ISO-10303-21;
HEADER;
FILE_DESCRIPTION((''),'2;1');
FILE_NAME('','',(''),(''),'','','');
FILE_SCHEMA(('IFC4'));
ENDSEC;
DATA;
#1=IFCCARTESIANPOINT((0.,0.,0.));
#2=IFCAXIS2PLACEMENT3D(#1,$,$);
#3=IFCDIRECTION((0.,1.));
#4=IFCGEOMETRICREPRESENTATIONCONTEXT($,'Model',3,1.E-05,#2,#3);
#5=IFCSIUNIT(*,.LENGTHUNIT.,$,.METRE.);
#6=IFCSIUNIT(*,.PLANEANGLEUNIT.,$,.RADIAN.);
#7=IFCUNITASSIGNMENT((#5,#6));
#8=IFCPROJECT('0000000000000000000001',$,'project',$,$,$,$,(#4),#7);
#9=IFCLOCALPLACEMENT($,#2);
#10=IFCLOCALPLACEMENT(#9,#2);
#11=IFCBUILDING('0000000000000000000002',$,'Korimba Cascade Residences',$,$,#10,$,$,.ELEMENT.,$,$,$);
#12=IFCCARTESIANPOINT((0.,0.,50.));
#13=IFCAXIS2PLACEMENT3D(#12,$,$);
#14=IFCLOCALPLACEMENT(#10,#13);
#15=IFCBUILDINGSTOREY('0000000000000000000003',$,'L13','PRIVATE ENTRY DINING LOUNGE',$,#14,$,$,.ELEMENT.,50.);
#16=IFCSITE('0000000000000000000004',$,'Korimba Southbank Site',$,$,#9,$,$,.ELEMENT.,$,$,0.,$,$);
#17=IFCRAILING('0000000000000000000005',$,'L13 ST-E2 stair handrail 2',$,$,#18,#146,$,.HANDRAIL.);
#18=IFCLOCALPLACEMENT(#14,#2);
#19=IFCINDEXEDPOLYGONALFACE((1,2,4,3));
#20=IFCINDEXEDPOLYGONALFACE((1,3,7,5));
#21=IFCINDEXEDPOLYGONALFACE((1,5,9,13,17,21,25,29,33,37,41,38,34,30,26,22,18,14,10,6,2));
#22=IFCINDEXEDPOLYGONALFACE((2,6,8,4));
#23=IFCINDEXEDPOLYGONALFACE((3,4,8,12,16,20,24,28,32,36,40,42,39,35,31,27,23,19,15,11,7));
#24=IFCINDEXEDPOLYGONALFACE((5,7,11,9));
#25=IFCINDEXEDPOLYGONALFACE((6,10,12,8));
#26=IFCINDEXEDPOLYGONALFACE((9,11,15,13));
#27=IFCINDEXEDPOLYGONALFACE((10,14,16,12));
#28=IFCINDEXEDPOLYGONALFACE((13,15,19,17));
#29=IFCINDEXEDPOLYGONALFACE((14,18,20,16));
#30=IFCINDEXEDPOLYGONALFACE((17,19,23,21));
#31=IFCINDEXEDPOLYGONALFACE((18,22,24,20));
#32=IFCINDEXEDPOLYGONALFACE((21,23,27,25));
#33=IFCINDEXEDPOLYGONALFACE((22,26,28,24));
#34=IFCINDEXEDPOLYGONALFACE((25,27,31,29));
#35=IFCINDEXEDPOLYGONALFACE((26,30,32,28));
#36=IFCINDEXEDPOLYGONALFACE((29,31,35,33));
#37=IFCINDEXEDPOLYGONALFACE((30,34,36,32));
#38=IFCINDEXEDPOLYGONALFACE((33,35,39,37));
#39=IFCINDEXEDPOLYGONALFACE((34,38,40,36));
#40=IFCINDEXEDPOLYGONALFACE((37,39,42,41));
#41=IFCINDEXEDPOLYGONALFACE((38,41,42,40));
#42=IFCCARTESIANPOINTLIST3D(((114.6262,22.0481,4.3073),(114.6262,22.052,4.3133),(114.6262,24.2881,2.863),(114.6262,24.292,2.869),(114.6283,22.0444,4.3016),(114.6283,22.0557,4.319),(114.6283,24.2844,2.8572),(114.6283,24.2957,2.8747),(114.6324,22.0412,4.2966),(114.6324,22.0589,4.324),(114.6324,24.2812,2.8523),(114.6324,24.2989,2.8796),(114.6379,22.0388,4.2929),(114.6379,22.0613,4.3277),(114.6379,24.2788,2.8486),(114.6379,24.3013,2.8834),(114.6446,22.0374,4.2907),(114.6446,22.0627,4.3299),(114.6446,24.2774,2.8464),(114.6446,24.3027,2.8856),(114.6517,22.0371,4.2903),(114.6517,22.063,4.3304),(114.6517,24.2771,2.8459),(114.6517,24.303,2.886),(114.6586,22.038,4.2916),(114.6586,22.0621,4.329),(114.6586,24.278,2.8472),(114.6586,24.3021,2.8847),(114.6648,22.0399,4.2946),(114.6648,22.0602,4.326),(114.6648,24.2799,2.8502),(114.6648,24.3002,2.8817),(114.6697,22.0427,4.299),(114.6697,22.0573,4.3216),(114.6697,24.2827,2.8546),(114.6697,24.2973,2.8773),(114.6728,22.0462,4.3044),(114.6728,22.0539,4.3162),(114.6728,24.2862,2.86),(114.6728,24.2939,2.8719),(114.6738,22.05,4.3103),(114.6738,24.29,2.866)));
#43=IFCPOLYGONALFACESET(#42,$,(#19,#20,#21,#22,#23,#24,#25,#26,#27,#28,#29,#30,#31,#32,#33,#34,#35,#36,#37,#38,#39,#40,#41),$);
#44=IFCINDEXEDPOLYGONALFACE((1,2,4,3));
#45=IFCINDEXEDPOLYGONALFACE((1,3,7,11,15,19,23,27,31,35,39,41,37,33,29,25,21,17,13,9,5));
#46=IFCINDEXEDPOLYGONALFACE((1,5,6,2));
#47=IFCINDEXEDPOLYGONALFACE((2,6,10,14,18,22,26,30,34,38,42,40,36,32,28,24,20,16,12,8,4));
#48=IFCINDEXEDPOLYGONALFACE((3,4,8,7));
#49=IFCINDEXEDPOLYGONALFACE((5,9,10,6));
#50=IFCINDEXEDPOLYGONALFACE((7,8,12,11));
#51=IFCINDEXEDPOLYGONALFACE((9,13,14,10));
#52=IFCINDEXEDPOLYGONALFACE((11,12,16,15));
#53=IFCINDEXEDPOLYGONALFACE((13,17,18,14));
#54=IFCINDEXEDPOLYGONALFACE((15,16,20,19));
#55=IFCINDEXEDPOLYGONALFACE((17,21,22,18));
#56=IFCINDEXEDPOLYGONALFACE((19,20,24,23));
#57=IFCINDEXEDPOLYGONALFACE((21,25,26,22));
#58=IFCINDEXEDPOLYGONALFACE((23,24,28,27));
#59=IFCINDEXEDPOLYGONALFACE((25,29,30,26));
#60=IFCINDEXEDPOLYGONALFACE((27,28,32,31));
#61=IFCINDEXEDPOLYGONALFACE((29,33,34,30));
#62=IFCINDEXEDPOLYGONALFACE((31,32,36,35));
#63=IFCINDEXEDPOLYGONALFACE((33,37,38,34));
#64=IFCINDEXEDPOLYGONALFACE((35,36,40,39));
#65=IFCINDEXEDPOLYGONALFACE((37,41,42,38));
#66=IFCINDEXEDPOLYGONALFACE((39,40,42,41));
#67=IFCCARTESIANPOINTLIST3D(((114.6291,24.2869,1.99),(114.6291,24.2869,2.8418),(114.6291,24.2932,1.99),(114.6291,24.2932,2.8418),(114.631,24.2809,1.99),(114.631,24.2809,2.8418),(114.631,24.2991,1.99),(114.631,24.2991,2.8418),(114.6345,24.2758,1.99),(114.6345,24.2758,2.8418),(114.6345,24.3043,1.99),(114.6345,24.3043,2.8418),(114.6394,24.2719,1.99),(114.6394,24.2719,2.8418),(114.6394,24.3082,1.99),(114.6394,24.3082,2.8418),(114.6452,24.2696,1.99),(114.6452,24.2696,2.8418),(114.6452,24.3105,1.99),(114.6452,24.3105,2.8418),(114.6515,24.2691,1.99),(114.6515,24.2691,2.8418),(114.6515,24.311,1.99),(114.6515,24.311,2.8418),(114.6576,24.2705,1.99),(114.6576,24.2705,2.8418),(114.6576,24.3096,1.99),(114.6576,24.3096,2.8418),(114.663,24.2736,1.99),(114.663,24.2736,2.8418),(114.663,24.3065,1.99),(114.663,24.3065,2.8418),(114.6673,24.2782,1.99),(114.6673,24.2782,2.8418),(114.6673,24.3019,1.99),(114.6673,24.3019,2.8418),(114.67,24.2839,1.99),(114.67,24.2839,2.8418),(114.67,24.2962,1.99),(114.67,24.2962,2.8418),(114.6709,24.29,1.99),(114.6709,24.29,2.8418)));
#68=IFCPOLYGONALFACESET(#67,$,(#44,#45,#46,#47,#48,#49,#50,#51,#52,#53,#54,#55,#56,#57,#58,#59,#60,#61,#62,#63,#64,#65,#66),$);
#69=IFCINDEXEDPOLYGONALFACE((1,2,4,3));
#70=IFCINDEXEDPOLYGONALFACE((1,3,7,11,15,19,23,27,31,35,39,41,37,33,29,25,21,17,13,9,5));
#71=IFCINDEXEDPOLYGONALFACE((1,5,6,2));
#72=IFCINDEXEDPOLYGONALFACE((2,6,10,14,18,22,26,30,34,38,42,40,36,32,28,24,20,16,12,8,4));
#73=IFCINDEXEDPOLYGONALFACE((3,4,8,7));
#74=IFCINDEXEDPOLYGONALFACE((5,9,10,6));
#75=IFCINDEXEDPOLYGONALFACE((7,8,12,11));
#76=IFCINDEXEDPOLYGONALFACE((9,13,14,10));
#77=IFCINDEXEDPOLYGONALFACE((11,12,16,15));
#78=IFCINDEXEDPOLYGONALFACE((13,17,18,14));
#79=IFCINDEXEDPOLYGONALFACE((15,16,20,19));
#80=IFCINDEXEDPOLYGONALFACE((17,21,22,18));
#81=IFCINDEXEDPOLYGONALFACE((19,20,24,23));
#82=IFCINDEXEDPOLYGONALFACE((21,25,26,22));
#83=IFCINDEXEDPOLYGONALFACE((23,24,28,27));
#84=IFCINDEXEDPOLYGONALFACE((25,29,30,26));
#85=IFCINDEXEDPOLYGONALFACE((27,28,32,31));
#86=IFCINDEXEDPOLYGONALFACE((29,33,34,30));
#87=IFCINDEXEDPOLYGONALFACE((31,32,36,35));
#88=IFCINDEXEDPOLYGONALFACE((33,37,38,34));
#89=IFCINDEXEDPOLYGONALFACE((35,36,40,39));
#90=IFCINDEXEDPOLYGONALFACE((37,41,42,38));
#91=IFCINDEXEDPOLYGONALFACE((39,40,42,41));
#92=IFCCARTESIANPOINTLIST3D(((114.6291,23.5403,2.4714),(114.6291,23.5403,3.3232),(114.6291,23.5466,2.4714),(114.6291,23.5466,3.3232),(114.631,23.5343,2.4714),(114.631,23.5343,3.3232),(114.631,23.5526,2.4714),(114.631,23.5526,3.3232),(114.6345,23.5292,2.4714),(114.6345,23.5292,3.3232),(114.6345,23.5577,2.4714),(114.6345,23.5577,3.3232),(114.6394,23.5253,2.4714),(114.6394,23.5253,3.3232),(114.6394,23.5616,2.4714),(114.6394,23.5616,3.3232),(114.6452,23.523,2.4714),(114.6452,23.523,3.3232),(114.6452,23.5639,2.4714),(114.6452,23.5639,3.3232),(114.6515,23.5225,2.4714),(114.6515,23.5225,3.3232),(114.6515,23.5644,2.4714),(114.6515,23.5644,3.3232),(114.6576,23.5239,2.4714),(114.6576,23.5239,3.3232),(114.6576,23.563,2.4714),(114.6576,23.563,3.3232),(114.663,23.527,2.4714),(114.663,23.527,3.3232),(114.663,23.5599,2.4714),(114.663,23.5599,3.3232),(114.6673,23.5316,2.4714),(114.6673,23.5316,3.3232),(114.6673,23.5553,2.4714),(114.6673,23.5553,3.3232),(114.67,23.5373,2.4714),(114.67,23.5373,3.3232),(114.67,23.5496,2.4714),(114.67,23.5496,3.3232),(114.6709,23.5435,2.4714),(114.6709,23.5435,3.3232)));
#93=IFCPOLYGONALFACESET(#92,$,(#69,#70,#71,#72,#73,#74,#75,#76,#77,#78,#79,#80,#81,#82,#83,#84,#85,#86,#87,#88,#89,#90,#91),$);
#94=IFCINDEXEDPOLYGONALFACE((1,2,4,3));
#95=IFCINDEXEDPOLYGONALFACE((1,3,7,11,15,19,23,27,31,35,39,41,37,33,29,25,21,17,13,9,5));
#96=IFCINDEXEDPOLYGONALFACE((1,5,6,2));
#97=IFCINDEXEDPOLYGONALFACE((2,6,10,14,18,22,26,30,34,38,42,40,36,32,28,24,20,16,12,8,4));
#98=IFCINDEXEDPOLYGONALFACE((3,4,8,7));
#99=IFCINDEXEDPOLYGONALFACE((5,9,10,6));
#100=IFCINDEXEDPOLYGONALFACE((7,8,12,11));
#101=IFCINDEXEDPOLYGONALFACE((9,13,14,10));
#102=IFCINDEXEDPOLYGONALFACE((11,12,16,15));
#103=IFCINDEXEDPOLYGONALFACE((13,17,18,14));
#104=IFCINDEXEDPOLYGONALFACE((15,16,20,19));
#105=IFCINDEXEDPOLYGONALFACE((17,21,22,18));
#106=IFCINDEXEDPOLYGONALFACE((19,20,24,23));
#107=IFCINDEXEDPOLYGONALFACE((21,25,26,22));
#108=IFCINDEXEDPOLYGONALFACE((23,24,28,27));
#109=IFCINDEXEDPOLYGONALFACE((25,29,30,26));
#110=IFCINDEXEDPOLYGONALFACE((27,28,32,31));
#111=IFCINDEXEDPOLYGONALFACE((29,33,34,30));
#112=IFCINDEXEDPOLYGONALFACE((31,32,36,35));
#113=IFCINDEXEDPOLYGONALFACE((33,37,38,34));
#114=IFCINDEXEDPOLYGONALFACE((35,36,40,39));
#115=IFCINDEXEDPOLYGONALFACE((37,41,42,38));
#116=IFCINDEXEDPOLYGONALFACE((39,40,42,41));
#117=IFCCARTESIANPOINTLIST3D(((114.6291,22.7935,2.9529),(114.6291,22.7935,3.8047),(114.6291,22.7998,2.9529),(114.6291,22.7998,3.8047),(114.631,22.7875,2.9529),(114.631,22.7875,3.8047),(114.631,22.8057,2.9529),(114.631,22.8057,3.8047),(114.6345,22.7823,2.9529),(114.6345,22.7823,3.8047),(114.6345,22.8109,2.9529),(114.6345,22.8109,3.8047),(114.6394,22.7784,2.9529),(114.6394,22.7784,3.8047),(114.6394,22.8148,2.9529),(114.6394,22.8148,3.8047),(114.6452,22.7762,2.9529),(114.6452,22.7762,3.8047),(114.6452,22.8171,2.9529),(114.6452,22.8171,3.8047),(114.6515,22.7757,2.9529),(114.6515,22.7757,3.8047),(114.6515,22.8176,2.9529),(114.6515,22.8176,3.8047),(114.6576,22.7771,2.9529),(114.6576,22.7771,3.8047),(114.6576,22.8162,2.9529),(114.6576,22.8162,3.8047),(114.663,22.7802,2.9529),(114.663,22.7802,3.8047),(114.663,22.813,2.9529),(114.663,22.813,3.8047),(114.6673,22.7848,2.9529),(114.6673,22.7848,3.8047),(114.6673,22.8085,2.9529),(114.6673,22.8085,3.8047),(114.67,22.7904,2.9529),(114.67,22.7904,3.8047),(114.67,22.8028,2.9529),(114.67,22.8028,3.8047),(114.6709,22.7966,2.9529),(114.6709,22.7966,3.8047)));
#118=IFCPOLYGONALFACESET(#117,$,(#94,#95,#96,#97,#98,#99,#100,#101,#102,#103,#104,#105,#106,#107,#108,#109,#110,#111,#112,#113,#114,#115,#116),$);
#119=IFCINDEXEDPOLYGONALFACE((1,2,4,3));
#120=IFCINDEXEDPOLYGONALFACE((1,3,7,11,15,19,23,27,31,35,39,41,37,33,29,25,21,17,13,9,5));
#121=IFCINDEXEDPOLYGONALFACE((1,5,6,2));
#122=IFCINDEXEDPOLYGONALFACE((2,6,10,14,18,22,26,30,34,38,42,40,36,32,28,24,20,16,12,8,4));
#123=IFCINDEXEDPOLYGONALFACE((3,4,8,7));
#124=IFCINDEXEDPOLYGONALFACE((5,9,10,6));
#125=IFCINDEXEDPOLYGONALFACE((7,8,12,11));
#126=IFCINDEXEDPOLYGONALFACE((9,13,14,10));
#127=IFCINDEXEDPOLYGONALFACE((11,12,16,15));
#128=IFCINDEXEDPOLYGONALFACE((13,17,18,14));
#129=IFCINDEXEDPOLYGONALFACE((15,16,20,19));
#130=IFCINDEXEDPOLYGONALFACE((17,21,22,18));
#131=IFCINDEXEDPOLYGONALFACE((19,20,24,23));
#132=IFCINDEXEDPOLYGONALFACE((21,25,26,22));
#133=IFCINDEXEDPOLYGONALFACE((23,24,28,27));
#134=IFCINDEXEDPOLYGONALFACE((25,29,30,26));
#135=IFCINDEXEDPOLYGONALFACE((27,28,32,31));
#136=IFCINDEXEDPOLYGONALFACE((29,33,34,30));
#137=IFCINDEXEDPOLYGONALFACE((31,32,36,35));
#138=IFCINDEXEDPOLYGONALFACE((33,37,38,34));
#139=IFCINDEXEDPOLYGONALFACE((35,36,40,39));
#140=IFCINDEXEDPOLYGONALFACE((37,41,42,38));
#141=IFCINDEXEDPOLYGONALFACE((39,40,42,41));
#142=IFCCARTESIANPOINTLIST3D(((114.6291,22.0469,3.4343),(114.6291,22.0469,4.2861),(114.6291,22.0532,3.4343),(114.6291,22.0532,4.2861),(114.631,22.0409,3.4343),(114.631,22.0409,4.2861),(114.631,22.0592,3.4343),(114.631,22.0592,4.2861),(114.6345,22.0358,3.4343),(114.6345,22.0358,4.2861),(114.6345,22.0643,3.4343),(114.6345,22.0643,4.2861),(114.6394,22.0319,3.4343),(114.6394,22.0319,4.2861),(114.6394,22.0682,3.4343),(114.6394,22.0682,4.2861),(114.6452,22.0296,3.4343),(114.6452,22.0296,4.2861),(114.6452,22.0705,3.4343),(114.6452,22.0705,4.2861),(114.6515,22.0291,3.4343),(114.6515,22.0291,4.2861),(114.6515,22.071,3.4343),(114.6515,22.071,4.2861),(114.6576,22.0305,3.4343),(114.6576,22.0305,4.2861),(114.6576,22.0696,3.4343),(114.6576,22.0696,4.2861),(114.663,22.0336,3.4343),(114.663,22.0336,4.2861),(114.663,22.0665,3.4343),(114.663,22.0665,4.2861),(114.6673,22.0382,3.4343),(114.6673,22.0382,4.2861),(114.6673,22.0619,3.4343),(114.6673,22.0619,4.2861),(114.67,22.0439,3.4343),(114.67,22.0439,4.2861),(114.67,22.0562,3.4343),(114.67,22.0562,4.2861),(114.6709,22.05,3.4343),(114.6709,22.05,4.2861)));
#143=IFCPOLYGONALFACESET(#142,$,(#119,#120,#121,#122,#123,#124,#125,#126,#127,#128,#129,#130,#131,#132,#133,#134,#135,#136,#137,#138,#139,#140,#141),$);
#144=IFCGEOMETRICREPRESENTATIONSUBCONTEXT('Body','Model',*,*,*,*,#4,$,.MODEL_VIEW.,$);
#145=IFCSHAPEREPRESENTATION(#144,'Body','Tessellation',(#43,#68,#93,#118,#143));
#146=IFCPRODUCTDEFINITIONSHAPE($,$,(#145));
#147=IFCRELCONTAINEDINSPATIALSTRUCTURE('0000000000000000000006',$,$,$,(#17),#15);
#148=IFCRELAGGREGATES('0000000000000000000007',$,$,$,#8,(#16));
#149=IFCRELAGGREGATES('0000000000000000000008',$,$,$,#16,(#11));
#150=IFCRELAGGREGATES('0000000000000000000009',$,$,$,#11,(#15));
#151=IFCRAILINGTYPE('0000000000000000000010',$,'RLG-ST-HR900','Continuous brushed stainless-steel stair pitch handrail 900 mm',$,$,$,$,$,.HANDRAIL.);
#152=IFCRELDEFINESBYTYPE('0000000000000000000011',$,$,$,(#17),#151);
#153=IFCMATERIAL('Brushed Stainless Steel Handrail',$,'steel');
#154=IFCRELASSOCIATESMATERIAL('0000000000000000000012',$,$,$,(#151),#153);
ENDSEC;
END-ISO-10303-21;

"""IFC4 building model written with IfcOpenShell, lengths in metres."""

from ifc_helpers import new_model, si_unit, direction, frame, origin, origin_2d, place, context, subcontext, project, spatial, circle, extrude, material, type_object, element, save


model = new_model("IFC4")

# Units and contexts
model_context = context("Model", 3, precision=1e-05, world=origin(), true_north=direction((0.0, 1.0)))
body_context = subcontext(model_context, "Body", "Model", "MODEL_VIEW")
ifc_project = project(units=[si_unit("LENGTHUNIT", "METRE"), si_unit("PLANEANGLEUNIT", "RADIAN")], contexts=[model_context])

# Site, building, storey
site_placement = place(None, origin())
site = spatial("IfcSite", under=ifc_project, at=site_placement, Name="Korimba Southbank Site", CompositionType="ELEMENT", RefElevation=0.0)
building_placement = place(site_placement, origin())
building = spatial("IfcBuilding", under=site, at=building_placement, Name="Korimba Cascade Residences", CompositionType="ELEMENT")
storey_placement = place(building_placement, frame((0.0, 0.0, 50.0)))
storey = spatial("IfcBuildingStorey", under=building, at=storey_placement, Name="L13", Description="PRIVATE ENTRY DINING LOUNGE", CompositionType="ELEMENT", Elevation=50.0)

# Railing
ifc_material_1 = material(Name="Brushed Stainless Steel Handrail", Category="steel")
railing_type_1 = type_object("IfcRailingType", Name="RLG-ST-HR900", Description="Continuous brushed stainless-steel stair pitch handrail 900 mm", PredefinedType="HANDRAIL", material=ifc_material_1)
railing_1_placement = place(storey_placement, frame((114.6499, 24.29, 1.99)))
element("IfcRailing", 1, at=railing_1_placement, inside=storey, type_object=railing_type_1, Name="L13 ST-E2 stair handrail 2", PredefinedType="HANDRAIL", context=body_context, shape_type="SweptSolid", body=[
    extrude(circle(Radius=0.0239, at=origin_2d()), frame((0.0, 0.0, 0.876), z_axis=(0.0, -0.840437, 0.54191), x_axis=(1.0, 0.0, 0.0)), (0.0, 0.0, 1.0), 2.6653),
    extrude(circle(Radius=0.021, at=origin_2d()), origin(), (0.0, 0.0, 1.0), 0.8518),
    extrude(circle(Radius=0.021, at=origin_2d()), frame((0.0, -0.7466, 0.4814)), (0.0, 0.0, 1.0), 0.8518),
    extrude(circle(Radius=0.021, at=origin_2d()), frame((0.0, -1.4934, 0.9629)), (0.0, 0.0, 1.0), 0.8518),
    extrude(circle(Radius=0.021, at=origin_2d()), frame((0.0, -2.24, 1.4443)), (0.0, 0.0, 1.0), 0.8518),
])

save(model, "model.ifc")
